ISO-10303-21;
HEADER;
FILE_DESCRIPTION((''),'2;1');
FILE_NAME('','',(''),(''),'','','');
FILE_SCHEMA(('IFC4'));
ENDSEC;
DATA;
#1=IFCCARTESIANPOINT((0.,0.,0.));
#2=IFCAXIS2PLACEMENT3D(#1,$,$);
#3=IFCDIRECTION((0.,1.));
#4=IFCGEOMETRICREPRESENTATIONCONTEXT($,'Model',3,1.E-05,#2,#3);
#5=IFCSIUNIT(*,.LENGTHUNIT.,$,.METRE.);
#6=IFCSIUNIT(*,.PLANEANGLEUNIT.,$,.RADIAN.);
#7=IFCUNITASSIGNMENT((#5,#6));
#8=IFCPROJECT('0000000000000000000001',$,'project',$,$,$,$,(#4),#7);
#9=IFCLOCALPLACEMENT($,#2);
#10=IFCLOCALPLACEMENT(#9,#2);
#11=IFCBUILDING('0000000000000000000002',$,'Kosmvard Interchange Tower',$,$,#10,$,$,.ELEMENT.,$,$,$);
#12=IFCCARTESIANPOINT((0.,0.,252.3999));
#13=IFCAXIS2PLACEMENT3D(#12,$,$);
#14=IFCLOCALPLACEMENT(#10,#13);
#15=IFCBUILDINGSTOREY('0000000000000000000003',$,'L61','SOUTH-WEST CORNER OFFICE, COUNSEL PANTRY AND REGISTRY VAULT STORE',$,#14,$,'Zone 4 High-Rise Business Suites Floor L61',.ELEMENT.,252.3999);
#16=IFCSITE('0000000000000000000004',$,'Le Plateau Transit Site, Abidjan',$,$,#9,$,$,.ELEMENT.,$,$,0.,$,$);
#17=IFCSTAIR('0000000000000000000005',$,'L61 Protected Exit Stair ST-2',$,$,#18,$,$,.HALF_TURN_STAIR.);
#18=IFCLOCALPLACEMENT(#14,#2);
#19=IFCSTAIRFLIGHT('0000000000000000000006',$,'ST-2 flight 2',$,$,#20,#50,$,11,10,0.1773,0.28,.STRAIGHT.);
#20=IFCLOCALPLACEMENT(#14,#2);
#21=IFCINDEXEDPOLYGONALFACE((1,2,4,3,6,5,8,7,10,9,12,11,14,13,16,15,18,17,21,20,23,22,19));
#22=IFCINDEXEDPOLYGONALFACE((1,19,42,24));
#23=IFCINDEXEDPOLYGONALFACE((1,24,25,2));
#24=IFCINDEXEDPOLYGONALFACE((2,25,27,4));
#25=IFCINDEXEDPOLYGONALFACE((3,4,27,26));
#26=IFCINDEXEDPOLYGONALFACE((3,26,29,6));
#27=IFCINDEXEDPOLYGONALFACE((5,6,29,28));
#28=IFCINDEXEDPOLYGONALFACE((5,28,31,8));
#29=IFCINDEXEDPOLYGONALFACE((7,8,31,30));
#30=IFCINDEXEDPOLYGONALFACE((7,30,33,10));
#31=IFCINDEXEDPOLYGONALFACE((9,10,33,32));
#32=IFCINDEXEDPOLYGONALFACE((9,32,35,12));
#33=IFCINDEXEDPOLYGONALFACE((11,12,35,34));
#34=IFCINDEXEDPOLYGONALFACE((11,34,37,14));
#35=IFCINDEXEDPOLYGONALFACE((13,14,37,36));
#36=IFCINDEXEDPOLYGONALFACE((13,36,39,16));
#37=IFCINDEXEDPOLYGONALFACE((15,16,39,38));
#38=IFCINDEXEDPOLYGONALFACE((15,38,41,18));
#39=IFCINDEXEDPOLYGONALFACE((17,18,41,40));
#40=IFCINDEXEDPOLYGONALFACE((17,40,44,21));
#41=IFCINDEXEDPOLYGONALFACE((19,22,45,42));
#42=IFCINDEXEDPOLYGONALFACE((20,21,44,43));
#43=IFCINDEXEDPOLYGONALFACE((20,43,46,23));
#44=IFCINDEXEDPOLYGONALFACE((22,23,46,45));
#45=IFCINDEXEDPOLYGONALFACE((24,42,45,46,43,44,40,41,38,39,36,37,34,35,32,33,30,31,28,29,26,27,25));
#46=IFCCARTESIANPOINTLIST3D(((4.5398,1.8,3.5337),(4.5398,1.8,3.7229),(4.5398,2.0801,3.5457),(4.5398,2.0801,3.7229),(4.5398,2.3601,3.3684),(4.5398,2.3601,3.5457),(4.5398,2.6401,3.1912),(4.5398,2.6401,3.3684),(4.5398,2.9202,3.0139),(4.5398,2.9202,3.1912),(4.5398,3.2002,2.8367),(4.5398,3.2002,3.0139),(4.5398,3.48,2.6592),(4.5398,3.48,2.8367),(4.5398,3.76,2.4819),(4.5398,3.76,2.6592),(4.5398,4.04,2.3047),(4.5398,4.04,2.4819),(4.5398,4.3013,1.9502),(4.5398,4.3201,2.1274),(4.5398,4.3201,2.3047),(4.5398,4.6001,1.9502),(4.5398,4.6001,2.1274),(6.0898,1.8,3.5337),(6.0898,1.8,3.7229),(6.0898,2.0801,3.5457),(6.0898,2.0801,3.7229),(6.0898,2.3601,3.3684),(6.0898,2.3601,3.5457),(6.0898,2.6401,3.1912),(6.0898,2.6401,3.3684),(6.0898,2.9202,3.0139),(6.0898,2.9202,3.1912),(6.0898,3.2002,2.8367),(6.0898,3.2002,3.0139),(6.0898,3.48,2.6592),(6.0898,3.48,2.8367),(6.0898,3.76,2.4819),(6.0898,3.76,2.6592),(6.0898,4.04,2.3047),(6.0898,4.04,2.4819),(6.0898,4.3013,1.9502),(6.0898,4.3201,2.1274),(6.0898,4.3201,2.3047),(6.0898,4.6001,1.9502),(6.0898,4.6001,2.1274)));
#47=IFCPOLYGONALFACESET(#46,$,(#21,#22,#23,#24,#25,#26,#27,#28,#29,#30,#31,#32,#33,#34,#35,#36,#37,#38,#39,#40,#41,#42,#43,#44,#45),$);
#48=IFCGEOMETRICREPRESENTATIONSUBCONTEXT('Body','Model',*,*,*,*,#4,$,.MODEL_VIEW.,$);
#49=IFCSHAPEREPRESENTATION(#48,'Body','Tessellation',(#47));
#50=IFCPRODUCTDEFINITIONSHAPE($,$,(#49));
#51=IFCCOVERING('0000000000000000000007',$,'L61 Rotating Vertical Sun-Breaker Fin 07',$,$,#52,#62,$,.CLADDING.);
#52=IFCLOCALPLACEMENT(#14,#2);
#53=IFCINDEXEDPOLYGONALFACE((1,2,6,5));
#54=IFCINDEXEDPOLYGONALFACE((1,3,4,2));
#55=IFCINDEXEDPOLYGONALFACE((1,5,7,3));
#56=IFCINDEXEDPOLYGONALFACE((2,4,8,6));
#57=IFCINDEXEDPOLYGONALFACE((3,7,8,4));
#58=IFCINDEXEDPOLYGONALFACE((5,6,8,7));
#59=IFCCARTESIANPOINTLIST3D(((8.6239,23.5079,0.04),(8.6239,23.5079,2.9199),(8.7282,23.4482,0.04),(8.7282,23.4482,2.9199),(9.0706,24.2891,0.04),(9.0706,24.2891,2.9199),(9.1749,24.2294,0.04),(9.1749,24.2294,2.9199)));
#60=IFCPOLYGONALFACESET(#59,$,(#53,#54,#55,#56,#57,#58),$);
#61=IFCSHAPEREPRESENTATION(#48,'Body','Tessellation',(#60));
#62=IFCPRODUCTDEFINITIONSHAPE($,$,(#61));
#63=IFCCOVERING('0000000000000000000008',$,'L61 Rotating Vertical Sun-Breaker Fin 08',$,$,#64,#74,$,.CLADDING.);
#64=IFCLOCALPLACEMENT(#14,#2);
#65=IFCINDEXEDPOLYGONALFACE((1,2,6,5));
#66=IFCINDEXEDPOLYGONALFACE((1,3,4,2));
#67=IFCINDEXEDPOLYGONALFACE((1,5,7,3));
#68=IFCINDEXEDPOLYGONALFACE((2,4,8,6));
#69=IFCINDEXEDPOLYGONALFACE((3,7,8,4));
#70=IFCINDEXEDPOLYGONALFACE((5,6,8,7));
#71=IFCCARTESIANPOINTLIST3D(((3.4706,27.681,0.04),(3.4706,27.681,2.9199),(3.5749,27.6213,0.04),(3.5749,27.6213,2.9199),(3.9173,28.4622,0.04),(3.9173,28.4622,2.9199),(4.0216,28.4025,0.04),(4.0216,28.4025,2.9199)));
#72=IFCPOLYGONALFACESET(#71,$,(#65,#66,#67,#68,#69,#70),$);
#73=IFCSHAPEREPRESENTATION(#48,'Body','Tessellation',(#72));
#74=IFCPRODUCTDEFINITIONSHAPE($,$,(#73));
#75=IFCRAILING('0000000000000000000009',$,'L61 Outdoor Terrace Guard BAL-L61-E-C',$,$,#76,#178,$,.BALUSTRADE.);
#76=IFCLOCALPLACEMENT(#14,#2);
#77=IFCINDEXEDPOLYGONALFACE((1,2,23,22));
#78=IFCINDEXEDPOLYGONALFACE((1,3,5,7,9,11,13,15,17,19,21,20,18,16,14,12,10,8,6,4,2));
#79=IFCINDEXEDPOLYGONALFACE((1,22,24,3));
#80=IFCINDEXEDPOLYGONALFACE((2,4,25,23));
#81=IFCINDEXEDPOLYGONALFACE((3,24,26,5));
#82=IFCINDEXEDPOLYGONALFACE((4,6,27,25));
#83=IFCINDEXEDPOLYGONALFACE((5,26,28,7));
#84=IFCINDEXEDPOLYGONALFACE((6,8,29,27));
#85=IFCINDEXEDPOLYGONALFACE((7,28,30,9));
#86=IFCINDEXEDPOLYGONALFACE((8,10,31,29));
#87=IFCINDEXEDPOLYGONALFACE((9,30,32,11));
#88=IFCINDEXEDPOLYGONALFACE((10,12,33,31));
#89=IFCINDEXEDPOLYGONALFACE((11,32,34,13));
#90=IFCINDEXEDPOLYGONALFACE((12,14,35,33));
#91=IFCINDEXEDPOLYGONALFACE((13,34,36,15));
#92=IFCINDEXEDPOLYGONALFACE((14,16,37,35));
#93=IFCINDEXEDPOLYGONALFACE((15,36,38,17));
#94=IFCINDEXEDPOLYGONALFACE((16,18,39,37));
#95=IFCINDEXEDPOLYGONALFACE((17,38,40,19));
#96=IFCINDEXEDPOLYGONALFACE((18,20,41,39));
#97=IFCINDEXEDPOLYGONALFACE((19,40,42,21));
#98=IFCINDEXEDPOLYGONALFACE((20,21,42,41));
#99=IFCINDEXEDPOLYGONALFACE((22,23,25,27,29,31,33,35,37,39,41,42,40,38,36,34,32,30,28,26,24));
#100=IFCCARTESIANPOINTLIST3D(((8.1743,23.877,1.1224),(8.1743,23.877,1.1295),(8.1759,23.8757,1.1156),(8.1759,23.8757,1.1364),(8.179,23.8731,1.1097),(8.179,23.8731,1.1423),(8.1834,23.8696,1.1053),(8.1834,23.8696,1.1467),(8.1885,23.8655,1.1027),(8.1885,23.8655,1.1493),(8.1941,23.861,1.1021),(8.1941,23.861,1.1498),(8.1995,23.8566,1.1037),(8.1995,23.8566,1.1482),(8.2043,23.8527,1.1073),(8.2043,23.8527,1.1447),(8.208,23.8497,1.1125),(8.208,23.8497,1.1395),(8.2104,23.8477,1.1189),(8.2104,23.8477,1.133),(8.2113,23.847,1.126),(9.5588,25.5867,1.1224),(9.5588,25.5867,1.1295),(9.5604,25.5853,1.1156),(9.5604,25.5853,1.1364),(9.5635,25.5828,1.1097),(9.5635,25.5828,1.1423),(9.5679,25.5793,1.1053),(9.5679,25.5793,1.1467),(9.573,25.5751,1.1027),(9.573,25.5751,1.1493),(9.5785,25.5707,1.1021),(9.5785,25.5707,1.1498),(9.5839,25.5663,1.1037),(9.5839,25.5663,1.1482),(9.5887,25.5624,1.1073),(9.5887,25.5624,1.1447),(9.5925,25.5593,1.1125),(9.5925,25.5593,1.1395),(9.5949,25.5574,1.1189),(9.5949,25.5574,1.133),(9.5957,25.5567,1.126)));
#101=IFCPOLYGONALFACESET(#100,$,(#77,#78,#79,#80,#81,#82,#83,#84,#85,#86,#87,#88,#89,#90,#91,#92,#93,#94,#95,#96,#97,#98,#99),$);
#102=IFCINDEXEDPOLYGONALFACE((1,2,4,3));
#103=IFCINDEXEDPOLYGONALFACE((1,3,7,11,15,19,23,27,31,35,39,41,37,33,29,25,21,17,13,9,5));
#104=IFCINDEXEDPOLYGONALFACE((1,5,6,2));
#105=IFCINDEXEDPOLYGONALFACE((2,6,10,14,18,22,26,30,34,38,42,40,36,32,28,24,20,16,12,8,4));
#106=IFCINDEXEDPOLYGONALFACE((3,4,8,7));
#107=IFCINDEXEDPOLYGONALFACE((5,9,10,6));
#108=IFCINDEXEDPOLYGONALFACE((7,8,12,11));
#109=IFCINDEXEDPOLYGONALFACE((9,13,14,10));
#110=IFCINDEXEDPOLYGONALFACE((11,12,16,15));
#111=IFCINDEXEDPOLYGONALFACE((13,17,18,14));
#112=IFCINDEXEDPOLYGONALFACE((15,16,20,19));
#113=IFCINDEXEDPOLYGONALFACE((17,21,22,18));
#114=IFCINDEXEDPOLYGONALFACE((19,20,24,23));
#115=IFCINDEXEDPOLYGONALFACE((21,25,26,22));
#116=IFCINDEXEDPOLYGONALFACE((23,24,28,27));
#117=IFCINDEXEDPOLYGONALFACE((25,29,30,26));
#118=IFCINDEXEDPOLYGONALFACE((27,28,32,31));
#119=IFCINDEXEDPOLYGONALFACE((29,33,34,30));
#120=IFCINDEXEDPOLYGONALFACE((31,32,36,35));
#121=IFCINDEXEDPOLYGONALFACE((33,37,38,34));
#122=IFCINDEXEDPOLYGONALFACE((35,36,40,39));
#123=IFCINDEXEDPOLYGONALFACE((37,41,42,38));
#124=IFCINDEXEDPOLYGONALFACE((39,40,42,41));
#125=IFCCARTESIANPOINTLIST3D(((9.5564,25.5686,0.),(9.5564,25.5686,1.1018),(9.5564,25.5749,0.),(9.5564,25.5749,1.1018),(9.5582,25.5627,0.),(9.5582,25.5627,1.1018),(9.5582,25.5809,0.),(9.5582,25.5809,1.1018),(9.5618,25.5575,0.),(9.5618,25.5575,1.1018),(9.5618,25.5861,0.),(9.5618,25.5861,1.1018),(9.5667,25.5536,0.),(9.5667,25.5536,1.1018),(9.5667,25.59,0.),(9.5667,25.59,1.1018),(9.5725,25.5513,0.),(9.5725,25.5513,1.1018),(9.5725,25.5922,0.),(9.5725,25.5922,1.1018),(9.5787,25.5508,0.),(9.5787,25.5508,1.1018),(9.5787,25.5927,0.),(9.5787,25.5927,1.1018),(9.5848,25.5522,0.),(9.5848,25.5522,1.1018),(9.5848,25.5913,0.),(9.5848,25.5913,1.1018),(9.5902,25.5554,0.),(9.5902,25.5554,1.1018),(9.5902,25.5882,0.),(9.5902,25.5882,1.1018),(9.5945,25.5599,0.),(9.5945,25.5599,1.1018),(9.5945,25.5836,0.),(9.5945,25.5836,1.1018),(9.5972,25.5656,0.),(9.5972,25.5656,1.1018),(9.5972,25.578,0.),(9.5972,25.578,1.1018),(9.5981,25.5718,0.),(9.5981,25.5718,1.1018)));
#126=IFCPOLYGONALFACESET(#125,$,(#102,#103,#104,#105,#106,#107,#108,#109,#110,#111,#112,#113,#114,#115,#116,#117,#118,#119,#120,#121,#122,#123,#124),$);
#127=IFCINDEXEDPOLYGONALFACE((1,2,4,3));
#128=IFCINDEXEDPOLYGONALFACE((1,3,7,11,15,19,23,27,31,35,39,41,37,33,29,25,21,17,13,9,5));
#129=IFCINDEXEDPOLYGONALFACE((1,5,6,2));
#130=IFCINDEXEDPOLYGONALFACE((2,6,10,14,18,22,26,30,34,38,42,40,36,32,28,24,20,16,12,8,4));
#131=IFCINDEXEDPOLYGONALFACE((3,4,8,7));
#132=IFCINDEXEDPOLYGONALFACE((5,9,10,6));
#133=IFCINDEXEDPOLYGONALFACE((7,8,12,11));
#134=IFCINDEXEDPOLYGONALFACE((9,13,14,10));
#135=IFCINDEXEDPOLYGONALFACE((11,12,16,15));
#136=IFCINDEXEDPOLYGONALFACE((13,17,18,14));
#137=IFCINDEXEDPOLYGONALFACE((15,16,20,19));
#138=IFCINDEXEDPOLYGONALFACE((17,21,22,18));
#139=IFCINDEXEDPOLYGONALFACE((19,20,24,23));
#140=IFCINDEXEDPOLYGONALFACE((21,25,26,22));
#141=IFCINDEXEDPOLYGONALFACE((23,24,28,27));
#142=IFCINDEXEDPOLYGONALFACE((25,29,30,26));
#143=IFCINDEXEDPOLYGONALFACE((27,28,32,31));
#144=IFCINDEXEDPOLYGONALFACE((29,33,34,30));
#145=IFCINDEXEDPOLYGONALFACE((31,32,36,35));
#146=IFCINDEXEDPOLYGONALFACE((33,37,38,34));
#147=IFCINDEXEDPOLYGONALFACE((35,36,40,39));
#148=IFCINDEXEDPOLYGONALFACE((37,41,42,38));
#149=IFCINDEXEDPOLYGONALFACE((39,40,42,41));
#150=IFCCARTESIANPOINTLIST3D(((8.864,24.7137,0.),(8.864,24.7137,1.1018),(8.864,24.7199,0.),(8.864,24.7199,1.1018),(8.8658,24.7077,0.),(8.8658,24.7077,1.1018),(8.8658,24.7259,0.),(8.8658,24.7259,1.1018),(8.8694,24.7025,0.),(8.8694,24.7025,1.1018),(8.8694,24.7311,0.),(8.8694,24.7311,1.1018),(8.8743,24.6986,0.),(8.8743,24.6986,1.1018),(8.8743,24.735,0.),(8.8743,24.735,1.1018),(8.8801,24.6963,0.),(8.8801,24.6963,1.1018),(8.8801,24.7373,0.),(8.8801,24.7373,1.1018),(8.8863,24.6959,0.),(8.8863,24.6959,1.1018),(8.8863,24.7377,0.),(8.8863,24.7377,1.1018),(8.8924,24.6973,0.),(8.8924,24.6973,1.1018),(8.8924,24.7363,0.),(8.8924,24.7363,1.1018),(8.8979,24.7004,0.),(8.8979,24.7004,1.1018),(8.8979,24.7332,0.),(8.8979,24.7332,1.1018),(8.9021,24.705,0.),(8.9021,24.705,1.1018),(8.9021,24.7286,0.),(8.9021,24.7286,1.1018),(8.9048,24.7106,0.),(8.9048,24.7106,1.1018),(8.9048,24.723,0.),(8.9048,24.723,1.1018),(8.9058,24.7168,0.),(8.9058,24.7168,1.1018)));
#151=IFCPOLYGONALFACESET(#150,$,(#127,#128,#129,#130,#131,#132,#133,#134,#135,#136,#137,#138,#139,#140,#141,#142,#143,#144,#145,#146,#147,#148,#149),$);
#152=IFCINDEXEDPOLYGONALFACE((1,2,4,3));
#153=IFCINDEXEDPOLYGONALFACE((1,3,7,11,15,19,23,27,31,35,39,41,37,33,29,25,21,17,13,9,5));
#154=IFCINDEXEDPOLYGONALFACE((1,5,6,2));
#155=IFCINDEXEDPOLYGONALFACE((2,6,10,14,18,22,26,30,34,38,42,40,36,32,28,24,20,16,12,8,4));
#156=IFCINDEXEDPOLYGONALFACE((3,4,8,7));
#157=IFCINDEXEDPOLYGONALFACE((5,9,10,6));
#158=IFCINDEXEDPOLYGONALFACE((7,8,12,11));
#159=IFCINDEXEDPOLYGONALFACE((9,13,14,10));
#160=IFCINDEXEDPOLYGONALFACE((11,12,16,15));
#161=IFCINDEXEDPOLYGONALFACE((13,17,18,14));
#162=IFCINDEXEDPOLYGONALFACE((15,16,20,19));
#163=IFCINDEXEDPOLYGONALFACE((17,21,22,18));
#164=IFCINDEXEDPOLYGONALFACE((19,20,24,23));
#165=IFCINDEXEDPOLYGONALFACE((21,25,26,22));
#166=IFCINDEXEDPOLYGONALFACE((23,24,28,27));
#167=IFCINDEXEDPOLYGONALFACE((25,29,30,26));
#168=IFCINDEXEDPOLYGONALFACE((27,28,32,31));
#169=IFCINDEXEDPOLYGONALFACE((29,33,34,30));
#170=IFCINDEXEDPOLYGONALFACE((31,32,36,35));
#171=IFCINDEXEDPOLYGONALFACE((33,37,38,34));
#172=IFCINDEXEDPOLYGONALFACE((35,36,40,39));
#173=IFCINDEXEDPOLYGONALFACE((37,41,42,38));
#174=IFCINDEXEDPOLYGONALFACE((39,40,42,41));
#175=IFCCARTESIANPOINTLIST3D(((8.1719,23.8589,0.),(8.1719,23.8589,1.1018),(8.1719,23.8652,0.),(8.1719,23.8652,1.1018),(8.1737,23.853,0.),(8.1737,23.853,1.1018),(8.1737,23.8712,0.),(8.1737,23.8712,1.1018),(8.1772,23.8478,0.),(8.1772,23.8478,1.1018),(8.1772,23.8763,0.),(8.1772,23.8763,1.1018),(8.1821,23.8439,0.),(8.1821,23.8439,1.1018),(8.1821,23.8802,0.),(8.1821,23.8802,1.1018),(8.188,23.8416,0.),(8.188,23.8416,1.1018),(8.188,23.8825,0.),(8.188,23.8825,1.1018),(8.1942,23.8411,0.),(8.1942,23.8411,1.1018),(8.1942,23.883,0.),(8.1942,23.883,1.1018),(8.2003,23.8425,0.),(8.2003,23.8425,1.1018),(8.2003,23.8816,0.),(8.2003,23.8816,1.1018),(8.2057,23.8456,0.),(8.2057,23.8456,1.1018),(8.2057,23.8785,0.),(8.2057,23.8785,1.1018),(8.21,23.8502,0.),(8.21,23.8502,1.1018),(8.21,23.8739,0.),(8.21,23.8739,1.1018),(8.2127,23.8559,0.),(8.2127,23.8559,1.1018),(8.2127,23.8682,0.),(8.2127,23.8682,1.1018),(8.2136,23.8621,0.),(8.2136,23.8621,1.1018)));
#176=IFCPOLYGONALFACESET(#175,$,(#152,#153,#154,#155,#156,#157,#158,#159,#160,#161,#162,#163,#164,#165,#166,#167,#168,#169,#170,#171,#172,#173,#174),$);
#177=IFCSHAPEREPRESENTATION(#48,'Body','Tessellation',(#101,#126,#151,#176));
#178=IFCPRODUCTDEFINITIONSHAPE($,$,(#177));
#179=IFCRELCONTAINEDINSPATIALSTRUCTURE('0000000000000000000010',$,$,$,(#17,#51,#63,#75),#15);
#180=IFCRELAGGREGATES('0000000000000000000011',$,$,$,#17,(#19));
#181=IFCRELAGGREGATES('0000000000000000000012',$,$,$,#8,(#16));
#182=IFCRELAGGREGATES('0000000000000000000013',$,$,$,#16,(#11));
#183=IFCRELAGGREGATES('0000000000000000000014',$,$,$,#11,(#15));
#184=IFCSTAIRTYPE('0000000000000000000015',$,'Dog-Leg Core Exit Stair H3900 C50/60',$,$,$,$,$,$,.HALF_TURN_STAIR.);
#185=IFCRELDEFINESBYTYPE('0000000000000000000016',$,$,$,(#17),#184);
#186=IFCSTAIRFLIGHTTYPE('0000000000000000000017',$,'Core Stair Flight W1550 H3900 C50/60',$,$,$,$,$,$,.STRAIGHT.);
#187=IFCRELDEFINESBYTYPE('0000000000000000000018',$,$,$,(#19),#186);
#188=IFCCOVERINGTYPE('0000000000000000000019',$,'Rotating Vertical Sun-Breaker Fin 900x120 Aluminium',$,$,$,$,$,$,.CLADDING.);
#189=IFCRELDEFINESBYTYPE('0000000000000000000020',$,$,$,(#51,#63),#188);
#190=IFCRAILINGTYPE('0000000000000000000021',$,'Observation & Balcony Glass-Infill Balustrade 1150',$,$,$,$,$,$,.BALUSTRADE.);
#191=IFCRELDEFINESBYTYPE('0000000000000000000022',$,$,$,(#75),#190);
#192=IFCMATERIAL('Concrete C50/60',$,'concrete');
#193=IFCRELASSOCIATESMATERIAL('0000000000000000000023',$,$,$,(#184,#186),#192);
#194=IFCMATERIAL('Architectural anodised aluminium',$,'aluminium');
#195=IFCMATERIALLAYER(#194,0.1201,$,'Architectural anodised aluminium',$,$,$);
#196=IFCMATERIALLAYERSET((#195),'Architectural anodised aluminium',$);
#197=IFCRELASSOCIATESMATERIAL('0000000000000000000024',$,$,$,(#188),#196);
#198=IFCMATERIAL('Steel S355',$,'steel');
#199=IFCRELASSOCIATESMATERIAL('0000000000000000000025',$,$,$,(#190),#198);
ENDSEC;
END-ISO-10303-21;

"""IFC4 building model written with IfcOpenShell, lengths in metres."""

from ifc_helpers import new_model, si_unit, direction, frame, origin, origin_2d, place, context, subcontext, project, spatial, polyline, rectangle, circle, outline, extrude, source, transform, mapped, material, layer, layer_set, type_object, element, aggregate, save


model = new_model("IFC4")

# Units and contexts
model_context = context("Model", 3, precision=1e-05, world=origin(), true_north=direction((0.0, 1.0)))
body_context = subcontext(model_context, "Body", "Model", "MODEL_VIEW")
ifc_project = project(units=[si_unit("LENGTHUNIT", "METRE"), si_unit("PLANEANGLEUNIT", "RADIAN")], contexts=[model_context])

# Site, building, storey
site_placement = place(None, origin())
site = spatial("IfcSite", under=ifc_project, at=site_placement, Name="Le Plateau Transit Site, Abidjan", CompositionType="ELEMENT", RefElevation=0.0)
building_placement = place(site_placement, origin())
building = spatial("IfcBuilding", under=site, at=building_placement, Name="Kosmvard Interchange Tower", CompositionType="ELEMENT")
storey_placement = place(building_placement, frame((0.0, 0.0, 252.3999)))
storey = spatial("IfcBuildingStorey", under=building, at=storey_placement, Name="L61", Description="SOUTH-WEST CORNER OFFICE, COUNSEL PANTRY AND REGISTRY VAULT STORE", LongName="Zone 4 High-Rise Business Suites Floor L61", CompositionType="ELEMENT", Elevation=252.3999)

# Shared definitions
ifc_material_1 = material(Name="Concrete C50/60", Category="concrete")

# Shared definitions
ifc_material_2 = material(Name="Steel S355", Category="steel")

# Stair, stair flight
stair_type = type_object("IfcStairType", Name="Dog-Leg Core Exit Stair H3900 C50/60", PredefinedType="HALF_TURN_STAIR", material=ifc_material_1)
stair_placement = place(storey_placement, origin())
stair = element("IfcStair", 1, at=stair_placement, inside=storey, type_object=stair_type, Name="L61 Protected Exit Stair ST-2", PredefinedType="HALF_TURN_STAIR")
stair_flight_type = type_object("IfcStairFlightType", Name="Core Stair Flight W1550 H3900 C50/60", PredefinedType="STRAIGHT", material=ifc_material_1)
shared_shape_1 = source(origin(), body_context, "Body", "SweptSolid", [
    extrude(outline(polyline([(0.0, 0.0), (0.0, 0.1772), (0.28, 0.1772), (0.28, 0.3545), (0.5601, 0.3545), (0.5601, 0.5317), (0.8401, 0.5317), (0.8401, 0.709), (1.1201, 0.709), (1.1201, 0.8865), (1.3999, 0.8865), (1.3999, 1.0637), (1.6799, 1.0637), (1.6799, 1.241), (1.96, 1.241), (1.96, 1.4182), (2.24, 1.4182), (2.24, 1.5955), (2.52, 1.5955), (2.52, 1.7727), (2.8, 1.7727), (2.8, 1.95), (2.8, 1.5835), (0.2988, 0.0), (0.0, 0.0)])), frame((0.0, 0.7749, 0.0), z_axis=(0.0, -1.0, 0.0), x_axis=(1.0, 0.0, 0.0)), (0.0, 0.0, 1.0), 1.55),
])
stair_flight_1_placement = place(storey_placement, frame((5.3149, 4.6001, 1.9502), z_axis=(0.0, 0.0, 1.0), x_axis=(0.0, -1.0, 0.0)))
stair_flight_1 = element("IfcStairFlight", 2, at=stair_flight_1_placement, type_object=stair_flight_type, Name="ST-2 flight 2", NumberOfRisers=11, NumberOfTreads=10, PredefinedType="STRAIGHT", RiserHeight=0.1773, TreadLength=0.28, context=body_context, shape_type="MappedRepresentation", body=[
    mapped(shared_shape_1, transform((0.0, 0.0, 0.0), scale=1.0)),
])
aggregate(stair, [stair_flight_1])

# Coverings
ifc_material_3 = material(Name="Architectural anodised aluminium", Category="aluminium")
ifc_layer_1 = layer(ifc_material_3, 0.1201, Name="Architectural anodised aluminium")
ifc_layer_set_1 = layer_set([ifc_layer_1], Name="Architectural anodised aluminium")
covering_type = type_object("IfcCoveringType", Name="Rotating Vertical Sun-Breaker Fin 900x120 Aluminium", PredefinedType="CLADDING", material=ifc_layer_set_1)
shared_shape_2 = source(origin(), body_context, "Body", "SweptSolid", [
    extrude(rectangle(XDim=0.8999, YDim=0.1201, at=origin_2d()), origin(), (0.0, 0.0, 1.0), 2.8799),
])
for number, where, z_axis, x_axis, name in (
    (3, (8.8994, 23.8687, 0.04), (0.0, 0.0, 1.0), (0.496368, 0.868112, 0.0), "L61 Rotating Vertical Sun-Breaker Fin 07"),
    (4, (3.7461, 28.0417, 0.04), (0.0, 0.0, 1.0), (0.496368, 0.868112, 0.0), "L61 Rotating Vertical Sun-Breaker Fin 08"),
):
    element("IfcCovering", number, at=place(storey_placement, frame(where, z_axis=z_axis, x_axis=x_axis)), inside=storey, type_object=covering_type, Name=name, PredefinedType="CLADDING", context=body_context, shape_type="MappedRepresentation", body=[
        mapped(shared_shape_2, transform((0.0, 0.0, 0.0), scale=1.0)),
    ])

# Railing
railing_type_1 = type_object("IfcRailingType", Name="Observation & Balcony Glass-Infill Balustrade 1150", PredefinedType="BALUSTRADE", material=ifc_material_2)
shared_shape_3 = source(origin(), body_context, "Body", "SweptSolid", [
    extrude(circle(Radius=0.0239, at=origin_2d()), frame((0.0, 0.0, 1.126), z_axis=(-0.629326, -0.777141, 0.0), x_axis=(0.777141, -0.629326, 0.0)), (0.0, 0.0, 1.0), 2.2),
    extrude(circle(Radius=0.021, at=origin_2d()), origin(), (0.0, 0.0, 1.0), 1.1018),
    extrude(circle(Radius=0.021, at=origin_2d()), frame((-0.6924, -0.855, 0.0)), (0.0, 0.0, 1.0), 1.1018),
    extrude(circle(Radius=0.021, at=origin_2d()), frame((-1.3845, -1.7097, 0.0)), (0.0, 0.0, 1.0), 1.1018),
])
railing_1_placement = place(storey_placement, frame((9.5771, 25.5718, 0.0)))
element("IfcRailing", 5, at=railing_1_placement, inside=storey, type_object=railing_type_1, Name="L61 Outdoor Terrace Guard BAL-L61-E-C", PredefinedType="BALUSTRADE", context=body_context, shape_type="MappedRepresentation", body=[
    mapped(shared_shape_3, transform((0.0, 0.0, 0.0), scale=1.0)),
])

save(model, "model.ifc")
